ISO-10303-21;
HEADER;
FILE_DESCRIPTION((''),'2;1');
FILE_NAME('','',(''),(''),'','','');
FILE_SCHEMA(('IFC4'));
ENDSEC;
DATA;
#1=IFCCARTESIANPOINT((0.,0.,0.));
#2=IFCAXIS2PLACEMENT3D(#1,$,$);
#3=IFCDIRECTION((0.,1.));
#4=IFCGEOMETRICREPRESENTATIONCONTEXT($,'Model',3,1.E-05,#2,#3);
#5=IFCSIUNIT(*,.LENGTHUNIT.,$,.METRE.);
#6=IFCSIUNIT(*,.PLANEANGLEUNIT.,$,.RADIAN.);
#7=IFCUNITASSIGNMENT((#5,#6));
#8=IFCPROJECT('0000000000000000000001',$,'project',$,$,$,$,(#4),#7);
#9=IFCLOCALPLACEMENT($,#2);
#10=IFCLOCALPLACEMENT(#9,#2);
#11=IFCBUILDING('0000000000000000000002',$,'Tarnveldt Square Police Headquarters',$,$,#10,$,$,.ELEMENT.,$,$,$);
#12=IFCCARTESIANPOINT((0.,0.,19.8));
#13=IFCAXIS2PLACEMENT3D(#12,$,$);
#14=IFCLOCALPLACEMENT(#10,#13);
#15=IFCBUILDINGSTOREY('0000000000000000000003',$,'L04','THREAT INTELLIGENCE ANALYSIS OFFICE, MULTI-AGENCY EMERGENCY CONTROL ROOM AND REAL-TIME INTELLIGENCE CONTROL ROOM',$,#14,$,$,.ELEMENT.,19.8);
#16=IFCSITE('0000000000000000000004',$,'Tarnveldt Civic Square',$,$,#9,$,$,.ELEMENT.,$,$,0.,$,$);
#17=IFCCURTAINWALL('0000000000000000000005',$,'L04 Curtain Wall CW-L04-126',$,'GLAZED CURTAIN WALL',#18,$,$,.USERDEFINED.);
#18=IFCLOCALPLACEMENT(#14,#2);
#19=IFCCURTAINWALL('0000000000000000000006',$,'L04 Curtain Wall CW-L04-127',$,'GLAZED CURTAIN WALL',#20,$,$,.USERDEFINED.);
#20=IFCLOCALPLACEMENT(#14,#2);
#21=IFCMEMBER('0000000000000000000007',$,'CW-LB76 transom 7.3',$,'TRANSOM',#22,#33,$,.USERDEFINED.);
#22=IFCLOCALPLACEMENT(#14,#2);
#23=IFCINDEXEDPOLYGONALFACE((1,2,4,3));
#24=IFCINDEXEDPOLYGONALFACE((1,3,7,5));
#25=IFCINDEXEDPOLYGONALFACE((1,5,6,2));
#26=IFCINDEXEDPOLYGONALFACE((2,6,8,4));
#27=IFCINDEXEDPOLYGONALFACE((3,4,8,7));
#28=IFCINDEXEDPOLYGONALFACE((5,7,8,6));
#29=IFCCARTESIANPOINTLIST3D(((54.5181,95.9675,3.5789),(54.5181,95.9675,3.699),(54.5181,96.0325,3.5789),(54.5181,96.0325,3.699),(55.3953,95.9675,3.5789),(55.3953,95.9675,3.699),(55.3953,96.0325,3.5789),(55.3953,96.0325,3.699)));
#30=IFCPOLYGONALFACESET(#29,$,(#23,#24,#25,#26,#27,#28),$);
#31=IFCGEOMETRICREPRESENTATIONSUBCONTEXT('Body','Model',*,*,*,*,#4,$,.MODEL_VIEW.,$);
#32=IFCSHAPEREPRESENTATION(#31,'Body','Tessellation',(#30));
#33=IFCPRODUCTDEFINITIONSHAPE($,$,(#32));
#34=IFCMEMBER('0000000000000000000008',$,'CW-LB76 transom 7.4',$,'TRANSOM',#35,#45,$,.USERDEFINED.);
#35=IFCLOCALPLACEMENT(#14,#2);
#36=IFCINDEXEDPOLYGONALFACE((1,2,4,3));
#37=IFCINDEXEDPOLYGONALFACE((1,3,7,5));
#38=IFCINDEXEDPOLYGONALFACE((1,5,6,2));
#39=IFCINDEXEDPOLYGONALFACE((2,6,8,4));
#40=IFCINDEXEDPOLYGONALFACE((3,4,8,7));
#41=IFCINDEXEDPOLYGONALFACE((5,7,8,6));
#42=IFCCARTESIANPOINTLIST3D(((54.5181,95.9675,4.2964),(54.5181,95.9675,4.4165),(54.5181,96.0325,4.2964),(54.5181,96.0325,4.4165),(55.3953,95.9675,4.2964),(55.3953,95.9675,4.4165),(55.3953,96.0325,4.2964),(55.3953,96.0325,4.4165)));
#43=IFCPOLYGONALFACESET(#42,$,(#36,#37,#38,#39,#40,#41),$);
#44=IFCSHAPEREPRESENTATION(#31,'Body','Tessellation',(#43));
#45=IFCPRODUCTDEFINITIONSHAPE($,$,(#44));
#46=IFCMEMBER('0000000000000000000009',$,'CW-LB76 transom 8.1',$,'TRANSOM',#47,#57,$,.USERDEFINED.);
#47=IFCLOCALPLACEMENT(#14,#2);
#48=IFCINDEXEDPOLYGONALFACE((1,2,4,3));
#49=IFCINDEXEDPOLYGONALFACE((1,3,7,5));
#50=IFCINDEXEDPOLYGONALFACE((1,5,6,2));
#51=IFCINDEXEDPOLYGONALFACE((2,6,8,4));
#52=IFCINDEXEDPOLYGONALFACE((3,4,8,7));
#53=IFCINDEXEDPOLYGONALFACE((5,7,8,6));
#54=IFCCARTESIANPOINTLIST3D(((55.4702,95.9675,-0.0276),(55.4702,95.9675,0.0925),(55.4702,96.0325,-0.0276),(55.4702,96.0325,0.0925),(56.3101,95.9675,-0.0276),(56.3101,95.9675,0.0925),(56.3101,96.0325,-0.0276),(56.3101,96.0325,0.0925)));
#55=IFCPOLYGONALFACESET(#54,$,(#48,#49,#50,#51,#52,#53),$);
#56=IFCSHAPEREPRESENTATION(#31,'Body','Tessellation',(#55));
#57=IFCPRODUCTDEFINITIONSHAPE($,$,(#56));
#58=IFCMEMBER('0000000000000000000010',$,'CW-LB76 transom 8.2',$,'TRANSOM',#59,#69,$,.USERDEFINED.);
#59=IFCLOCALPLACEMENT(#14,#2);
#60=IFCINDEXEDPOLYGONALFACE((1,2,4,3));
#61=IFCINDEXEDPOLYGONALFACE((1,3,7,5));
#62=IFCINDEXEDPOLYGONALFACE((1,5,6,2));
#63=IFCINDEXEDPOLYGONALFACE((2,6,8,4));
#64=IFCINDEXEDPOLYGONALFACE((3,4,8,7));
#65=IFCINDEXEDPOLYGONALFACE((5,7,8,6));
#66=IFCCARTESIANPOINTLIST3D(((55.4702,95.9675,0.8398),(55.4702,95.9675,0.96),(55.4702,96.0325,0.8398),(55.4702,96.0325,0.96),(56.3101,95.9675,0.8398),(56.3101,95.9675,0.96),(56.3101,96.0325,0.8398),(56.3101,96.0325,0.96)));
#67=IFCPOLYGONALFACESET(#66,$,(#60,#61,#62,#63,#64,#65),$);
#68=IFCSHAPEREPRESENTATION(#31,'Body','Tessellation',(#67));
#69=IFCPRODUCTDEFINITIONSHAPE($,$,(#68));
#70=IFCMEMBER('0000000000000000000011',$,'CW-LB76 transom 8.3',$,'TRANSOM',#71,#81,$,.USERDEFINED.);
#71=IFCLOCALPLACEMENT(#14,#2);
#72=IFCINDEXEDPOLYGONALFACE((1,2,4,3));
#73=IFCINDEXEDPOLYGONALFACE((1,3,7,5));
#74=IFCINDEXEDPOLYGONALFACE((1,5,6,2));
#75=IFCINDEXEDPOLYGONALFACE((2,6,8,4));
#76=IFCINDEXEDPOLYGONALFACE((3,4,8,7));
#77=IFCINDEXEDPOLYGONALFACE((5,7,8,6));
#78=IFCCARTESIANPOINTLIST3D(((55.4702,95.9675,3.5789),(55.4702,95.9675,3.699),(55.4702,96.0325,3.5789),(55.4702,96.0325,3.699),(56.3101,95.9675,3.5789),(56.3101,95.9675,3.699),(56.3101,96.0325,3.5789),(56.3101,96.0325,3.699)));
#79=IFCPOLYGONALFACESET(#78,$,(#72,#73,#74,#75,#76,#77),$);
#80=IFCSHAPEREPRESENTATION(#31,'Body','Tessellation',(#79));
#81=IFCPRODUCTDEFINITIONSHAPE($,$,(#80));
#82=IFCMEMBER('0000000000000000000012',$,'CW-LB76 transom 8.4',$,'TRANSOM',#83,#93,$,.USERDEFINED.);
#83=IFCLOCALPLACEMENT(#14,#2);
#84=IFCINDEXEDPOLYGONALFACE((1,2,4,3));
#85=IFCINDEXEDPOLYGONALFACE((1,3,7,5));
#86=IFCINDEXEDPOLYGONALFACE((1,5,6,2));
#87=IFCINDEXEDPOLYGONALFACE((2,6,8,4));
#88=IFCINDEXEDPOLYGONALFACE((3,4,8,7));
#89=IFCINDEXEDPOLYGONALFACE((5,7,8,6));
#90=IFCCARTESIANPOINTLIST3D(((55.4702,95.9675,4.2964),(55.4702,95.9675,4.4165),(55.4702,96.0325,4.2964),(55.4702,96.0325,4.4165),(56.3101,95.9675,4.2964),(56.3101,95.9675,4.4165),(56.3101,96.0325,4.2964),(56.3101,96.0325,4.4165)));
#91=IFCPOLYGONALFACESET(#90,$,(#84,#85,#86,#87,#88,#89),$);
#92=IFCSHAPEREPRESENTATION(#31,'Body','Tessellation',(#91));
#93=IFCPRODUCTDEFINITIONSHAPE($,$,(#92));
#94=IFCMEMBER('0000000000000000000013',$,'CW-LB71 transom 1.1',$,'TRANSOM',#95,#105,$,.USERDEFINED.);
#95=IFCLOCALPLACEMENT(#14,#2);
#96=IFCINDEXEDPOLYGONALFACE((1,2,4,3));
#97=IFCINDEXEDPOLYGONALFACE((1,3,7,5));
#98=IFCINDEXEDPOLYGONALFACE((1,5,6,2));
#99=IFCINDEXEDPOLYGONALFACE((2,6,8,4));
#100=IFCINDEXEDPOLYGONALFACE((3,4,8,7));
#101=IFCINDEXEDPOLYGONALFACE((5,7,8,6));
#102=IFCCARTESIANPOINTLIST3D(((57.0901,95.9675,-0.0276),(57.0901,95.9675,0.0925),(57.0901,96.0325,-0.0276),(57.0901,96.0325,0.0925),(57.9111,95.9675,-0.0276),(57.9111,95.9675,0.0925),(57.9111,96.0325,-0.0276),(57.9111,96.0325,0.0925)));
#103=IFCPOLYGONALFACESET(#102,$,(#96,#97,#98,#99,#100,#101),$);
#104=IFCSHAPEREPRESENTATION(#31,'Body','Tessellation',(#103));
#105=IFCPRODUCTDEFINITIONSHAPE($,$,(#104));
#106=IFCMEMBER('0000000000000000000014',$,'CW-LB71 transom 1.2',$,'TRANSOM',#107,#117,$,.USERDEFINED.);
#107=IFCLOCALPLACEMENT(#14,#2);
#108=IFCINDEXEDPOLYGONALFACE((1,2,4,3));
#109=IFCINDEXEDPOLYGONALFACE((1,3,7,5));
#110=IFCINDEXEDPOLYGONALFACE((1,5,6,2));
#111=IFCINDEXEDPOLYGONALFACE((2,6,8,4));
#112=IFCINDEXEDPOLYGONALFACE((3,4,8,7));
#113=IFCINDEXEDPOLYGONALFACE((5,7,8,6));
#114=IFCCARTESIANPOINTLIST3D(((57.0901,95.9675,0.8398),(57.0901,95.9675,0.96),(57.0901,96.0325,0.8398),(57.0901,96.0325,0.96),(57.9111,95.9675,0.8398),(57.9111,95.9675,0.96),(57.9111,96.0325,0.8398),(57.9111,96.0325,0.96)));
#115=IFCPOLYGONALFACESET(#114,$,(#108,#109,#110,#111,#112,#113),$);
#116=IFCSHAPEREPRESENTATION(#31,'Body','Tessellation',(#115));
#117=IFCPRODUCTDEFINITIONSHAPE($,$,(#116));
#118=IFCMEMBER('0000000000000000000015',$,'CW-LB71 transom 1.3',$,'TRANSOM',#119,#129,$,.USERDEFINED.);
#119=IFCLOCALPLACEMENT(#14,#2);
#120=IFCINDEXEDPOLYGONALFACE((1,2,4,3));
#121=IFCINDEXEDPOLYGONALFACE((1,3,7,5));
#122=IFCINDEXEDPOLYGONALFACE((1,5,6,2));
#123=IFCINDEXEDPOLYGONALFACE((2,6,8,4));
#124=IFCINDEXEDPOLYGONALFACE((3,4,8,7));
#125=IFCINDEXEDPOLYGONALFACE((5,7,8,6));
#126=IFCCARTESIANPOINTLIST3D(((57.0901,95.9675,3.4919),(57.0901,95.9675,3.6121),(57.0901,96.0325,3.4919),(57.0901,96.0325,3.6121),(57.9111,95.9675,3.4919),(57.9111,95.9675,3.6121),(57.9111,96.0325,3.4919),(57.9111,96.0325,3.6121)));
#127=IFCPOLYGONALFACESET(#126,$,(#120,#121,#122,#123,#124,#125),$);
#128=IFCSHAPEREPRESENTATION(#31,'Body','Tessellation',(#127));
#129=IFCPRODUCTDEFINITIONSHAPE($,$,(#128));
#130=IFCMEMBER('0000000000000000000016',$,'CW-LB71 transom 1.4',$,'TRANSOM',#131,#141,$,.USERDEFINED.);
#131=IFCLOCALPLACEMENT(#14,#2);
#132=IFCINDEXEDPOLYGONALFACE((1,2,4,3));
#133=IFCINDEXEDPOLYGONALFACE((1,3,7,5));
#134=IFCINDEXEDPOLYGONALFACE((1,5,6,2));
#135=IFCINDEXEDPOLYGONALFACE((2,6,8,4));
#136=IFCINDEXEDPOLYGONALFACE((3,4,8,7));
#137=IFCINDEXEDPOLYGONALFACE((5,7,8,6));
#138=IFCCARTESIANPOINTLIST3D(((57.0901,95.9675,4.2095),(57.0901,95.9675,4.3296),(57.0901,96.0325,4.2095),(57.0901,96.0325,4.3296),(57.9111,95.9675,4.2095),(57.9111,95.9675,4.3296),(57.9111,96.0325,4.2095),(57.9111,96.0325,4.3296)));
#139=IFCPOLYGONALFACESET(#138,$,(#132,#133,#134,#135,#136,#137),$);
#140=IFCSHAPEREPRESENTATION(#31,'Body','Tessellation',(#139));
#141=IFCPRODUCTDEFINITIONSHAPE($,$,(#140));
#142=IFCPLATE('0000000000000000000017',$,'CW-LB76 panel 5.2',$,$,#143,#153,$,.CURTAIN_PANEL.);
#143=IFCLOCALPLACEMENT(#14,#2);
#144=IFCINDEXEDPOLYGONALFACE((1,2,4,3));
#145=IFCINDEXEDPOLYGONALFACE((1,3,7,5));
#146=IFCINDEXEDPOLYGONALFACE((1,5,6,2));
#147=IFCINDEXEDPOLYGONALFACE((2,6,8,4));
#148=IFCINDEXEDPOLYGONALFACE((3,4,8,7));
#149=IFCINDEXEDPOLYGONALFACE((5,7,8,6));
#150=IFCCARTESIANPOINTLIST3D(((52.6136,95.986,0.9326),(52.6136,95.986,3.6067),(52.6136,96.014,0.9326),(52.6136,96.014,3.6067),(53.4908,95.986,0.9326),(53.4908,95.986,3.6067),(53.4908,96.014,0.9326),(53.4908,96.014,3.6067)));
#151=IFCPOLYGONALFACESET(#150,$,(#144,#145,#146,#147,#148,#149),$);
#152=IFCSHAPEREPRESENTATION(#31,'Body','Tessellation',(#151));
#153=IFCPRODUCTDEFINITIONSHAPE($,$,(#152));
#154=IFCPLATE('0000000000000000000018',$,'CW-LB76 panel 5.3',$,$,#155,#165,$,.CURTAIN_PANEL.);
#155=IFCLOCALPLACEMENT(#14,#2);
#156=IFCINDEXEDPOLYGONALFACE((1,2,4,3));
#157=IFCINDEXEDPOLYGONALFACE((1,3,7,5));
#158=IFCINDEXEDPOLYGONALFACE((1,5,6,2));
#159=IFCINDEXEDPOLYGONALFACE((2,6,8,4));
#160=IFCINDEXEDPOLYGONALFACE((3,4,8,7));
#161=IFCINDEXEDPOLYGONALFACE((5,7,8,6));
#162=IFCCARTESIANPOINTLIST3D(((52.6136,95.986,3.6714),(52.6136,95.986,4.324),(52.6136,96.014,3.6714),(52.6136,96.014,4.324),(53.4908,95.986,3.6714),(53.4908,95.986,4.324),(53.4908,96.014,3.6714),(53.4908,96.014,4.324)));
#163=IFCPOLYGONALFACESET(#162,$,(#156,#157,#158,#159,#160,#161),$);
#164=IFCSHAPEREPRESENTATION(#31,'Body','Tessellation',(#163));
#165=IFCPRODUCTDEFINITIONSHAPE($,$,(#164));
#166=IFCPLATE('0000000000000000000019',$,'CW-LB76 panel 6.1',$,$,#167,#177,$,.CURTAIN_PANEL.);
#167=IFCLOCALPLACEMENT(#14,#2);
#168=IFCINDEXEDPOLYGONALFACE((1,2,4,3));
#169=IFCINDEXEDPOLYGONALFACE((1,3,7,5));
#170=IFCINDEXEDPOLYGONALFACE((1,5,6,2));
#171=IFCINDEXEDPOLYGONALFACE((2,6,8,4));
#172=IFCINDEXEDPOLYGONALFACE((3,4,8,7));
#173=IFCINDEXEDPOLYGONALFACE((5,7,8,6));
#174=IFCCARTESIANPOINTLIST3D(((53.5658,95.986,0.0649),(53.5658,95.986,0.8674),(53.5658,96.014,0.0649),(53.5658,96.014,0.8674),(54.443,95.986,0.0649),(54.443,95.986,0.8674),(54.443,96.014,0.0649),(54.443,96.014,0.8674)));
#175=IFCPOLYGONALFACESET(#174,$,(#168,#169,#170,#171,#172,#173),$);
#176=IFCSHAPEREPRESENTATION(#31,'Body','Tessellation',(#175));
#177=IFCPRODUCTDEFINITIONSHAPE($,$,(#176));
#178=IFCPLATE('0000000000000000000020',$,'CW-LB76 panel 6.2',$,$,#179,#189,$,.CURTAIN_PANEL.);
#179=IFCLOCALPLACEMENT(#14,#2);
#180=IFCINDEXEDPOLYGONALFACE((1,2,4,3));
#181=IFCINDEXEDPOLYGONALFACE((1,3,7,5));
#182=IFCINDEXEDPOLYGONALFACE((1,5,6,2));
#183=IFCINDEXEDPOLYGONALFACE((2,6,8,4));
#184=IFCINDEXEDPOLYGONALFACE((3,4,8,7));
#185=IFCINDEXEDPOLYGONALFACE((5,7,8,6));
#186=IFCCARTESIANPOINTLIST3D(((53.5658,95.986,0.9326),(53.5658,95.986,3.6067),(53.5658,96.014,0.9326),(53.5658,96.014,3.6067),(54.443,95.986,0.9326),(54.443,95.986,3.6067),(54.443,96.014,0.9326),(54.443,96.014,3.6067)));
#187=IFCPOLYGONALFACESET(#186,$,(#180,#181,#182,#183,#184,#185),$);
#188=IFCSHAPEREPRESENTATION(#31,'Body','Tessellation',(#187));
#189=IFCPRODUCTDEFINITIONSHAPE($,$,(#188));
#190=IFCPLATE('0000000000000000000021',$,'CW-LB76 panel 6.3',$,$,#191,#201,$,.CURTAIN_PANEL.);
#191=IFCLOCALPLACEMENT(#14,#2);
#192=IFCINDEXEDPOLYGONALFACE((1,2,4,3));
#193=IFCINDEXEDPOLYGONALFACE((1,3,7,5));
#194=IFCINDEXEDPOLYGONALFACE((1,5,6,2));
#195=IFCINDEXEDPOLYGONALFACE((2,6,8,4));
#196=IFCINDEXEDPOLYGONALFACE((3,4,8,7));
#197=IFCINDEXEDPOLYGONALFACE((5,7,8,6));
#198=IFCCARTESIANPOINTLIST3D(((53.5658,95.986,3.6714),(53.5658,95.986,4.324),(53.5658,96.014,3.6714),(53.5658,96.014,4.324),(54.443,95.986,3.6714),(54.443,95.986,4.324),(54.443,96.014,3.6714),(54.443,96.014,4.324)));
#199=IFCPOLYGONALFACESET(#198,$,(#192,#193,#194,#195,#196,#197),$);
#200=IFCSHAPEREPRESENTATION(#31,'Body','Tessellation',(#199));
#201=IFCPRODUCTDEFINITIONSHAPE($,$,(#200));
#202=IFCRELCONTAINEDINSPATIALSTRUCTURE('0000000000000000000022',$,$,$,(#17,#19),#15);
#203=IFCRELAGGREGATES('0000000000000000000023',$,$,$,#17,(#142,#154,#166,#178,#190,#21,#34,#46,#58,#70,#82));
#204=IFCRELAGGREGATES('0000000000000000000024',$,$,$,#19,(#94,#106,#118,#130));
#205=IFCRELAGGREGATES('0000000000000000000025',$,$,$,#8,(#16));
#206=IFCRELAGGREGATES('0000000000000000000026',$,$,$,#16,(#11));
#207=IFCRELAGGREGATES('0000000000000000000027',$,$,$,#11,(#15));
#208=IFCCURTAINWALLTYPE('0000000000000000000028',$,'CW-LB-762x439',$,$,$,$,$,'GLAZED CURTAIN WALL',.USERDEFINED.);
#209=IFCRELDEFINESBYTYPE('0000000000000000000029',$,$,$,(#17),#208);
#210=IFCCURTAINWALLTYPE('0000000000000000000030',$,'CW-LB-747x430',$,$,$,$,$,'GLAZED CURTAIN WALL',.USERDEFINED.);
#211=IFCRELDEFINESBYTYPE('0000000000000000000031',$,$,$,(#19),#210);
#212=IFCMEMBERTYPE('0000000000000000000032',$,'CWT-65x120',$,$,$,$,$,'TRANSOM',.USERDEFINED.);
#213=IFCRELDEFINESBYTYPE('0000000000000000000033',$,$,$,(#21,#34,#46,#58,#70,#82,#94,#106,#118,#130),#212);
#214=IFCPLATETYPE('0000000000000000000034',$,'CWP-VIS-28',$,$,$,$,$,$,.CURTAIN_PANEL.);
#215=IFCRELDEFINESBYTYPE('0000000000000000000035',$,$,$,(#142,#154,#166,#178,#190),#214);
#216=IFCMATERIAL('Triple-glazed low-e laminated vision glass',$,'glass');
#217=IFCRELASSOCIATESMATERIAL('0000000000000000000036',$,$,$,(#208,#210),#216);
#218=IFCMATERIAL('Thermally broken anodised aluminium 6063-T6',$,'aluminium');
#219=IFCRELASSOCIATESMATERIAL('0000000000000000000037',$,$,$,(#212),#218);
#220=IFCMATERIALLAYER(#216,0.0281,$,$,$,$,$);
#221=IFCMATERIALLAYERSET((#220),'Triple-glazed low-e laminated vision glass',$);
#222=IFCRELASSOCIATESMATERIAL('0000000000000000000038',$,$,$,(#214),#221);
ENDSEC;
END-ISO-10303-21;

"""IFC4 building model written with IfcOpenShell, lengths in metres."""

from ifc_helpers import new_model, si_unit, direction, frame, origin, origin_2d, place, context, subcontext, project, spatial, rectangle, extrude, material, layer, layer_set, material_profile, profile_set, type_object, element, aggregate, save


model = new_model("IFC4")

# Units and contexts
model_context = context("Model", 3, precision=1e-05, world=origin(), true_north=direction((0.0, 1.0)))
body_context = subcontext(model_context, "Body", "Model", "MODEL_VIEW")
ifc_project = project(units=[si_unit("LENGTHUNIT", "METRE"), si_unit("PLANEANGLEUNIT", "RADIAN")], contexts=[model_context])

# Site, building, storey
site_placement = place(None, origin())
site = spatial("IfcSite", under=ifc_project, at=site_placement, Name="Tarnveldt Civic Square", CompositionType="ELEMENT", RefElevation=0.0)
building_placement = place(site_placement, origin())
building = spatial("IfcBuilding", under=site, at=building_placement, Name="Tarnveldt Square Police Headquarters", CompositionType="ELEMENT")
storey_placement = place(building_placement, frame((0.0, 0.0, 19.8)))
storey = spatial("IfcBuildingStorey", under=building, at=storey_placement, Name="L04", Description="THREAT INTELLIGENCE ANALYSIS OFFICE, MULTI-AGENCY EMERGENCY CONTROL ROOM AND REAL-TIME INTELLIGENCE CONTROL ROOM", CompositionType="ELEMENT", Elevation=19.8)

# Curtain walls
ifc_material_1 = material(Name="Triple-glazed low-e laminated vision glass", Category="glass")
curtain_wall_type_1 = type_object("IfcCurtainWallType", Name="CW-LB-762x439", ElementType="GLAZED CURTAIN WALL", PredefinedType="USERDEFINED", material=ifc_material_1)
curtain_wall_1_placement = place(storey_placement, origin())
curtain_wall_1 = element("IfcCurtainWall", 1, at=curtain_wall_1_placement, inside=storey, type_object=curtain_wall_type_1, Name="L04 Curtain Wall CW-L04-126", ObjectType="GLAZED CURTAIN WALL", PredefinedType="USERDEFINED")
ifc_material_2 = material(Name="Thermally broken anodised aluminium 6063-T6", Category="aluminium")
curtain_wall_type_2 = type_object("IfcCurtainWallType", Name="CW-LB-747x430", ElementType="GLAZED CURTAIN WALL", PredefinedType="USERDEFINED", material=ifc_material_1)
curtain_wall_2_placement = place(storey_placement, origin())
curtain_wall_2 = element("IfcCurtainWall", 2, at=curtain_wall_2_placement, inside=storey, type_object=curtain_wall_type_2, Name="L04 Curtain Wall CW-L04-127", ObjectType="GLAZED CURTAIN WALL", PredefinedType="USERDEFINED")

# Members
ifc_material_profile_1 = material_profile(ifc_material_2, rectangle(XDim=0.0649, YDim=0.1201, at=origin_2d()), Name="CW-T65x120")
ifc_profile_set_1 = profile_set([ifc_material_profile_1], Name="Thermally broken anodised aluminium 6063-T6")
member_type_1 = type_object("IfcMemberType", Name="CWT-65x120", ElementType="TRANSOM", PredefinedType="USERDEFINED", material=ifc_profile_set_1)
member_1_placement = place(storey_placement, frame((54.5181, 96.0, 3.6389), z_axis=(1.0, 0.0, 0.0), x_axis=(0.0, 1.0, 0.0)))
member_1 = element("IfcMember", 3, at=member_1_placement, type_object=member_type_1, Name="CW-LB76 transom 7.3", ObjectType="TRANSOM", PredefinedType="USERDEFINED", context=body_context, shape_type="SweptSolid", body=[
    extrude(rectangle(XDim=0.0649, YDim=0.1201, at=origin_2d()), origin(), (0.0, 0.0, 1.0), 0.8772),
])
member_2_placement = place(storey_placement, frame((54.5181, 96.0, 4.3564), z_axis=(1.0, 0.0, 0.0), x_axis=(0.0, 1.0, 0.0)))
member_2 = element("IfcMember", 4, at=member_2_placement, type_object=member_type_1, Name="CW-LB76 transom 7.4", ObjectType="TRANSOM", PredefinedType="USERDEFINED", context=body_context, shape_type="SweptSolid", body=[
    extrude(rectangle(XDim=0.0649, YDim=0.1201, at=origin_2d()), origin(), (0.0, 0.0, 1.0), 0.8772),
])
member_3_placement = place(storey_placement, frame((55.4702, 96.0, 0.0325), z_axis=(1.0, 0.0, 0.0), x_axis=(0.0, 1.0, 0.0)))
member_3 = element("IfcMember", 5, at=member_3_placement, type_object=member_type_1, Name="CW-LB76 transom 8.1", ObjectType="TRANSOM", PredefinedType="USERDEFINED", context=body_context, shape_type="SweptSolid", body=[
    extrude(rectangle(XDim=0.0649, YDim=0.1201, at=origin_2d()), origin(), (0.0, 0.0, 1.0), 0.8398),
])
member_4_placement = place(storey_placement, frame((55.4702, 96.0, 0.8999), z_axis=(1.0, 0.0, 0.0), x_axis=(0.0, 1.0, 0.0)))
member_4 = element("IfcMember", 6, at=member_4_placement, type_object=member_type_1, Name="CW-LB76 transom 8.2", ObjectType="TRANSOM", PredefinedType="USERDEFINED", context=body_context, shape_type="SweptSolid", body=[
    extrude(rectangle(XDim=0.0649, YDim=0.1201, at=origin_2d()), origin(), (0.0, 0.0, 1.0), 0.8398),
])
member_5_placement = place(storey_placement, frame((55.4702, 96.0, 3.6389), z_axis=(1.0, 0.0, 0.0), x_axis=(0.0, 1.0, 0.0)))
member_5 = element("IfcMember", 7, at=member_5_placement, type_object=member_type_1, Name="CW-LB76 transom 8.3", ObjectType="TRANSOM", PredefinedType="USERDEFINED", context=body_context, shape_type="SweptSolid", body=[
    extrude(rectangle(XDim=0.0649, YDim=0.1201, at=origin_2d()), origin(), (0.0, 0.0, 1.0), 0.8398),
])
member_6_placement = place(storey_placement, frame((55.4702, 96.0, 4.3564), z_axis=(1.0, 0.0, 0.0), x_axis=(0.0, 1.0, 0.0)))
member_6 = element("IfcMember", 8, at=member_6_placement, type_object=member_type_1, Name="CW-LB76 transom 8.4", ObjectType="TRANSOM", PredefinedType="USERDEFINED", context=body_context, shape_type="SweptSolid", body=[
    extrude(rectangle(XDim=0.0649, YDim=0.1201, at=origin_2d()), origin(), (0.0, 0.0, 1.0), 0.8398),
])
member_7_placement = place(storey_placement, frame((57.0901, 96.0, 0.0325), z_axis=(1.0, 0.0, 0.0), x_axis=(0.0, 1.0, 0.0)))
member_7 = element("IfcMember", 9, at=member_7_placement, type_object=member_type_1, Name="CW-LB71 transom 1.1", ObjectType="TRANSOM", PredefinedType="USERDEFINED", context=body_context, shape_type="SweptSolid", body=[
    extrude(rectangle(XDim=0.0649, YDim=0.1201, at=origin_2d()), origin(), (0.0, 0.0, 1.0), 0.821),
])
member_8_placement = place(storey_placement, frame((57.0901, 96.0, 0.8999), z_axis=(1.0, 0.0, 0.0), x_axis=(0.0, 1.0, 0.0)))
member_8 = element("IfcMember", 10, at=member_8_placement, type_object=member_type_1, Name="CW-LB71 transom 1.2", ObjectType="TRANSOM", PredefinedType="USERDEFINED", context=body_context, shape_type="SweptSolid", body=[
    extrude(rectangle(XDim=0.0649, YDim=0.1201, at=origin_2d()), origin(), (0.0, 0.0, 1.0), 0.821),
])
member_9_placement = place(storey_placement, frame((57.0901, 96.0, 3.552), z_axis=(1.0, 0.0, 0.0), x_axis=(0.0, 1.0, 0.0)))
member_9 = element("IfcMember", 11, at=member_9_placement, type_object=member_type_1, Name="CW-LB71 transom 1.3", ObjectType="TRANSOM", PredefinedType="USERDEFINED", context=body_context, shape_type="SweptSolid", body=[
    extrude(rectangle(XDim=0.0649, YDim=0.1201, at=origin_2d()), origin(), (0.0, 0.0, 1.0), 0.821),
])
member_10_placement = place(storey_placement, frame((57.0901, 96.0, 4.2695), z_axis=(1.0, 0.0, 0.0), x_axis=(0.0, 1.0, 0.0)))
member_10 = element("IfcMember", 12, at=member_10_placement, type_object=member_type_1, Name="CW-LB71 transom 1.4", ObjectType="TRANSOM", PredefinedType="USERDEFINED", context=body_context, shape_type="SweptSolid", body=[
    extrude(rectangle(XDim=0.0649, YDim=0.1201, at=origin_2d()), origin(), (0.0, 0.0, 1.0), 0.821),
])

# Plates
ifc_layer = layer(ifc_material_1, 0.0281)
ifc_layer_set = layer_set([ifc_layer], Name="Triple-glazed low-e laminated vision glass")
plate_type = type_object("IfcPlateType", Name="CWP-VIS-28", PredefinedType="CURTAIN_PANEL", material=ifc_layer_set)
plate_1_placement = place(storey_placement, frame((53.0522, 96.0, 0.9326), z_axis=(0.0, 0.0, 1.0), x_axis=(1.0, 0.0, 0.0)))
plate_1 = element("IfcPlate", 13, at=plate_1_placement, type_object=plate_type, Name="CW-LB76 panel 5.2", PredefinedType="CURTAIN_PANEL", context=body_context, shape_type="SweptSolid", body=[
    extrude(rectangle(XDim=0.8772, YDim=0.0281, at=origin_2d()), origin(), (0.0, 0.0, 1.0), 2.6741),
])
plate_2_placement = place(storey_placement, frame((53.0522, 96.0, 3.6714), z_axis=(0.0, 0.0, 1.0), x_axis=(1.0, 0.0, 0.0)))
plate_2 = element("IfcPlate", 14, at=plate_2_placement, type_object=plate_type, Name="CW-LB76 panel 5.3", PredefinedType="CURTAIN_PANEL", context=body_context, shape_type="SweptSolid", body=[
    extrude(rectangle(XDim=0.8772, YDim=0.0281, at=origin_2d()), origin(), (0.0, 0.0, 1.0), 0.6526),
])
plate_3_placement = place(storey_placement, frame((54.0044, 96.0, 0.0649), z_axis=(0.0, 0.0, 1.0), x_axis=(1.0, 0.0, 0.0)))
plate_3 = element("IfcPlate", 15, at=plate_3_placement, type_object=plate_type, Name="CW-LB76 panel 6.1", PredefinedType="CURTAIN_PANEL", context=body_context, shape_type="SweptSolid", body=[
    extrude(rectangle(XDim=0.8772, YDim=0.0281, at=origin_2d()), origin(), (0.0, 0.0, 1.0), 0.8025),
])
plate_4_placement = place(storey_placement, frame((54.0044, 96.0, 0.9326), z_axis=(0.0, 0.0, 1.0), x_axis=(1.0, 0.0, 0.0)))
plate_4 = element("IfcPlate", 16, at=plate_4_placement, type_object=plate_type, Name="CW-LB76 panel 6.2", PredefinedType="CURTAIN_PANEL", context=body_context, shape_type="SweptSolid", body=[
    extrude(rectangle(XDim=0.8772, YDim=0.0281, at=origin_2d()), origin(), (0.0, 0.0, 1.0), 2.6741),
])
plate_5_placement = place(storey_placement, frame((54.0044, 96.0, 3.6714), z_axis=(0.0, 0.0, 1.0), x_axis=(1.0, 0.0, 0.0)))
plate_5 = element("IfcPlate", 17, at=plate_5_placement, type_object=plate_type, Name="CW-LB76 panel 6.3", PredefinedType="CURTAIN_PANEL", context=body_context, shape_type="SweptSolid", body=[
    extrude(rectangle(XDim=0.8772, YDim=0.0281, at=origin_2d()), origin(), (0.0, 0.0, 1.0), 0.6526),
])
aggregate(curtain_wall_1, [plate_1, plate_2, plate_3, plate_4, plate_5, member_1, member_2, member_3, member_4, member_5, member_6])
aggregate(curtain_wall_2, [member_7, member_8, member_9, member_10])

save(model, "model.ifc")
